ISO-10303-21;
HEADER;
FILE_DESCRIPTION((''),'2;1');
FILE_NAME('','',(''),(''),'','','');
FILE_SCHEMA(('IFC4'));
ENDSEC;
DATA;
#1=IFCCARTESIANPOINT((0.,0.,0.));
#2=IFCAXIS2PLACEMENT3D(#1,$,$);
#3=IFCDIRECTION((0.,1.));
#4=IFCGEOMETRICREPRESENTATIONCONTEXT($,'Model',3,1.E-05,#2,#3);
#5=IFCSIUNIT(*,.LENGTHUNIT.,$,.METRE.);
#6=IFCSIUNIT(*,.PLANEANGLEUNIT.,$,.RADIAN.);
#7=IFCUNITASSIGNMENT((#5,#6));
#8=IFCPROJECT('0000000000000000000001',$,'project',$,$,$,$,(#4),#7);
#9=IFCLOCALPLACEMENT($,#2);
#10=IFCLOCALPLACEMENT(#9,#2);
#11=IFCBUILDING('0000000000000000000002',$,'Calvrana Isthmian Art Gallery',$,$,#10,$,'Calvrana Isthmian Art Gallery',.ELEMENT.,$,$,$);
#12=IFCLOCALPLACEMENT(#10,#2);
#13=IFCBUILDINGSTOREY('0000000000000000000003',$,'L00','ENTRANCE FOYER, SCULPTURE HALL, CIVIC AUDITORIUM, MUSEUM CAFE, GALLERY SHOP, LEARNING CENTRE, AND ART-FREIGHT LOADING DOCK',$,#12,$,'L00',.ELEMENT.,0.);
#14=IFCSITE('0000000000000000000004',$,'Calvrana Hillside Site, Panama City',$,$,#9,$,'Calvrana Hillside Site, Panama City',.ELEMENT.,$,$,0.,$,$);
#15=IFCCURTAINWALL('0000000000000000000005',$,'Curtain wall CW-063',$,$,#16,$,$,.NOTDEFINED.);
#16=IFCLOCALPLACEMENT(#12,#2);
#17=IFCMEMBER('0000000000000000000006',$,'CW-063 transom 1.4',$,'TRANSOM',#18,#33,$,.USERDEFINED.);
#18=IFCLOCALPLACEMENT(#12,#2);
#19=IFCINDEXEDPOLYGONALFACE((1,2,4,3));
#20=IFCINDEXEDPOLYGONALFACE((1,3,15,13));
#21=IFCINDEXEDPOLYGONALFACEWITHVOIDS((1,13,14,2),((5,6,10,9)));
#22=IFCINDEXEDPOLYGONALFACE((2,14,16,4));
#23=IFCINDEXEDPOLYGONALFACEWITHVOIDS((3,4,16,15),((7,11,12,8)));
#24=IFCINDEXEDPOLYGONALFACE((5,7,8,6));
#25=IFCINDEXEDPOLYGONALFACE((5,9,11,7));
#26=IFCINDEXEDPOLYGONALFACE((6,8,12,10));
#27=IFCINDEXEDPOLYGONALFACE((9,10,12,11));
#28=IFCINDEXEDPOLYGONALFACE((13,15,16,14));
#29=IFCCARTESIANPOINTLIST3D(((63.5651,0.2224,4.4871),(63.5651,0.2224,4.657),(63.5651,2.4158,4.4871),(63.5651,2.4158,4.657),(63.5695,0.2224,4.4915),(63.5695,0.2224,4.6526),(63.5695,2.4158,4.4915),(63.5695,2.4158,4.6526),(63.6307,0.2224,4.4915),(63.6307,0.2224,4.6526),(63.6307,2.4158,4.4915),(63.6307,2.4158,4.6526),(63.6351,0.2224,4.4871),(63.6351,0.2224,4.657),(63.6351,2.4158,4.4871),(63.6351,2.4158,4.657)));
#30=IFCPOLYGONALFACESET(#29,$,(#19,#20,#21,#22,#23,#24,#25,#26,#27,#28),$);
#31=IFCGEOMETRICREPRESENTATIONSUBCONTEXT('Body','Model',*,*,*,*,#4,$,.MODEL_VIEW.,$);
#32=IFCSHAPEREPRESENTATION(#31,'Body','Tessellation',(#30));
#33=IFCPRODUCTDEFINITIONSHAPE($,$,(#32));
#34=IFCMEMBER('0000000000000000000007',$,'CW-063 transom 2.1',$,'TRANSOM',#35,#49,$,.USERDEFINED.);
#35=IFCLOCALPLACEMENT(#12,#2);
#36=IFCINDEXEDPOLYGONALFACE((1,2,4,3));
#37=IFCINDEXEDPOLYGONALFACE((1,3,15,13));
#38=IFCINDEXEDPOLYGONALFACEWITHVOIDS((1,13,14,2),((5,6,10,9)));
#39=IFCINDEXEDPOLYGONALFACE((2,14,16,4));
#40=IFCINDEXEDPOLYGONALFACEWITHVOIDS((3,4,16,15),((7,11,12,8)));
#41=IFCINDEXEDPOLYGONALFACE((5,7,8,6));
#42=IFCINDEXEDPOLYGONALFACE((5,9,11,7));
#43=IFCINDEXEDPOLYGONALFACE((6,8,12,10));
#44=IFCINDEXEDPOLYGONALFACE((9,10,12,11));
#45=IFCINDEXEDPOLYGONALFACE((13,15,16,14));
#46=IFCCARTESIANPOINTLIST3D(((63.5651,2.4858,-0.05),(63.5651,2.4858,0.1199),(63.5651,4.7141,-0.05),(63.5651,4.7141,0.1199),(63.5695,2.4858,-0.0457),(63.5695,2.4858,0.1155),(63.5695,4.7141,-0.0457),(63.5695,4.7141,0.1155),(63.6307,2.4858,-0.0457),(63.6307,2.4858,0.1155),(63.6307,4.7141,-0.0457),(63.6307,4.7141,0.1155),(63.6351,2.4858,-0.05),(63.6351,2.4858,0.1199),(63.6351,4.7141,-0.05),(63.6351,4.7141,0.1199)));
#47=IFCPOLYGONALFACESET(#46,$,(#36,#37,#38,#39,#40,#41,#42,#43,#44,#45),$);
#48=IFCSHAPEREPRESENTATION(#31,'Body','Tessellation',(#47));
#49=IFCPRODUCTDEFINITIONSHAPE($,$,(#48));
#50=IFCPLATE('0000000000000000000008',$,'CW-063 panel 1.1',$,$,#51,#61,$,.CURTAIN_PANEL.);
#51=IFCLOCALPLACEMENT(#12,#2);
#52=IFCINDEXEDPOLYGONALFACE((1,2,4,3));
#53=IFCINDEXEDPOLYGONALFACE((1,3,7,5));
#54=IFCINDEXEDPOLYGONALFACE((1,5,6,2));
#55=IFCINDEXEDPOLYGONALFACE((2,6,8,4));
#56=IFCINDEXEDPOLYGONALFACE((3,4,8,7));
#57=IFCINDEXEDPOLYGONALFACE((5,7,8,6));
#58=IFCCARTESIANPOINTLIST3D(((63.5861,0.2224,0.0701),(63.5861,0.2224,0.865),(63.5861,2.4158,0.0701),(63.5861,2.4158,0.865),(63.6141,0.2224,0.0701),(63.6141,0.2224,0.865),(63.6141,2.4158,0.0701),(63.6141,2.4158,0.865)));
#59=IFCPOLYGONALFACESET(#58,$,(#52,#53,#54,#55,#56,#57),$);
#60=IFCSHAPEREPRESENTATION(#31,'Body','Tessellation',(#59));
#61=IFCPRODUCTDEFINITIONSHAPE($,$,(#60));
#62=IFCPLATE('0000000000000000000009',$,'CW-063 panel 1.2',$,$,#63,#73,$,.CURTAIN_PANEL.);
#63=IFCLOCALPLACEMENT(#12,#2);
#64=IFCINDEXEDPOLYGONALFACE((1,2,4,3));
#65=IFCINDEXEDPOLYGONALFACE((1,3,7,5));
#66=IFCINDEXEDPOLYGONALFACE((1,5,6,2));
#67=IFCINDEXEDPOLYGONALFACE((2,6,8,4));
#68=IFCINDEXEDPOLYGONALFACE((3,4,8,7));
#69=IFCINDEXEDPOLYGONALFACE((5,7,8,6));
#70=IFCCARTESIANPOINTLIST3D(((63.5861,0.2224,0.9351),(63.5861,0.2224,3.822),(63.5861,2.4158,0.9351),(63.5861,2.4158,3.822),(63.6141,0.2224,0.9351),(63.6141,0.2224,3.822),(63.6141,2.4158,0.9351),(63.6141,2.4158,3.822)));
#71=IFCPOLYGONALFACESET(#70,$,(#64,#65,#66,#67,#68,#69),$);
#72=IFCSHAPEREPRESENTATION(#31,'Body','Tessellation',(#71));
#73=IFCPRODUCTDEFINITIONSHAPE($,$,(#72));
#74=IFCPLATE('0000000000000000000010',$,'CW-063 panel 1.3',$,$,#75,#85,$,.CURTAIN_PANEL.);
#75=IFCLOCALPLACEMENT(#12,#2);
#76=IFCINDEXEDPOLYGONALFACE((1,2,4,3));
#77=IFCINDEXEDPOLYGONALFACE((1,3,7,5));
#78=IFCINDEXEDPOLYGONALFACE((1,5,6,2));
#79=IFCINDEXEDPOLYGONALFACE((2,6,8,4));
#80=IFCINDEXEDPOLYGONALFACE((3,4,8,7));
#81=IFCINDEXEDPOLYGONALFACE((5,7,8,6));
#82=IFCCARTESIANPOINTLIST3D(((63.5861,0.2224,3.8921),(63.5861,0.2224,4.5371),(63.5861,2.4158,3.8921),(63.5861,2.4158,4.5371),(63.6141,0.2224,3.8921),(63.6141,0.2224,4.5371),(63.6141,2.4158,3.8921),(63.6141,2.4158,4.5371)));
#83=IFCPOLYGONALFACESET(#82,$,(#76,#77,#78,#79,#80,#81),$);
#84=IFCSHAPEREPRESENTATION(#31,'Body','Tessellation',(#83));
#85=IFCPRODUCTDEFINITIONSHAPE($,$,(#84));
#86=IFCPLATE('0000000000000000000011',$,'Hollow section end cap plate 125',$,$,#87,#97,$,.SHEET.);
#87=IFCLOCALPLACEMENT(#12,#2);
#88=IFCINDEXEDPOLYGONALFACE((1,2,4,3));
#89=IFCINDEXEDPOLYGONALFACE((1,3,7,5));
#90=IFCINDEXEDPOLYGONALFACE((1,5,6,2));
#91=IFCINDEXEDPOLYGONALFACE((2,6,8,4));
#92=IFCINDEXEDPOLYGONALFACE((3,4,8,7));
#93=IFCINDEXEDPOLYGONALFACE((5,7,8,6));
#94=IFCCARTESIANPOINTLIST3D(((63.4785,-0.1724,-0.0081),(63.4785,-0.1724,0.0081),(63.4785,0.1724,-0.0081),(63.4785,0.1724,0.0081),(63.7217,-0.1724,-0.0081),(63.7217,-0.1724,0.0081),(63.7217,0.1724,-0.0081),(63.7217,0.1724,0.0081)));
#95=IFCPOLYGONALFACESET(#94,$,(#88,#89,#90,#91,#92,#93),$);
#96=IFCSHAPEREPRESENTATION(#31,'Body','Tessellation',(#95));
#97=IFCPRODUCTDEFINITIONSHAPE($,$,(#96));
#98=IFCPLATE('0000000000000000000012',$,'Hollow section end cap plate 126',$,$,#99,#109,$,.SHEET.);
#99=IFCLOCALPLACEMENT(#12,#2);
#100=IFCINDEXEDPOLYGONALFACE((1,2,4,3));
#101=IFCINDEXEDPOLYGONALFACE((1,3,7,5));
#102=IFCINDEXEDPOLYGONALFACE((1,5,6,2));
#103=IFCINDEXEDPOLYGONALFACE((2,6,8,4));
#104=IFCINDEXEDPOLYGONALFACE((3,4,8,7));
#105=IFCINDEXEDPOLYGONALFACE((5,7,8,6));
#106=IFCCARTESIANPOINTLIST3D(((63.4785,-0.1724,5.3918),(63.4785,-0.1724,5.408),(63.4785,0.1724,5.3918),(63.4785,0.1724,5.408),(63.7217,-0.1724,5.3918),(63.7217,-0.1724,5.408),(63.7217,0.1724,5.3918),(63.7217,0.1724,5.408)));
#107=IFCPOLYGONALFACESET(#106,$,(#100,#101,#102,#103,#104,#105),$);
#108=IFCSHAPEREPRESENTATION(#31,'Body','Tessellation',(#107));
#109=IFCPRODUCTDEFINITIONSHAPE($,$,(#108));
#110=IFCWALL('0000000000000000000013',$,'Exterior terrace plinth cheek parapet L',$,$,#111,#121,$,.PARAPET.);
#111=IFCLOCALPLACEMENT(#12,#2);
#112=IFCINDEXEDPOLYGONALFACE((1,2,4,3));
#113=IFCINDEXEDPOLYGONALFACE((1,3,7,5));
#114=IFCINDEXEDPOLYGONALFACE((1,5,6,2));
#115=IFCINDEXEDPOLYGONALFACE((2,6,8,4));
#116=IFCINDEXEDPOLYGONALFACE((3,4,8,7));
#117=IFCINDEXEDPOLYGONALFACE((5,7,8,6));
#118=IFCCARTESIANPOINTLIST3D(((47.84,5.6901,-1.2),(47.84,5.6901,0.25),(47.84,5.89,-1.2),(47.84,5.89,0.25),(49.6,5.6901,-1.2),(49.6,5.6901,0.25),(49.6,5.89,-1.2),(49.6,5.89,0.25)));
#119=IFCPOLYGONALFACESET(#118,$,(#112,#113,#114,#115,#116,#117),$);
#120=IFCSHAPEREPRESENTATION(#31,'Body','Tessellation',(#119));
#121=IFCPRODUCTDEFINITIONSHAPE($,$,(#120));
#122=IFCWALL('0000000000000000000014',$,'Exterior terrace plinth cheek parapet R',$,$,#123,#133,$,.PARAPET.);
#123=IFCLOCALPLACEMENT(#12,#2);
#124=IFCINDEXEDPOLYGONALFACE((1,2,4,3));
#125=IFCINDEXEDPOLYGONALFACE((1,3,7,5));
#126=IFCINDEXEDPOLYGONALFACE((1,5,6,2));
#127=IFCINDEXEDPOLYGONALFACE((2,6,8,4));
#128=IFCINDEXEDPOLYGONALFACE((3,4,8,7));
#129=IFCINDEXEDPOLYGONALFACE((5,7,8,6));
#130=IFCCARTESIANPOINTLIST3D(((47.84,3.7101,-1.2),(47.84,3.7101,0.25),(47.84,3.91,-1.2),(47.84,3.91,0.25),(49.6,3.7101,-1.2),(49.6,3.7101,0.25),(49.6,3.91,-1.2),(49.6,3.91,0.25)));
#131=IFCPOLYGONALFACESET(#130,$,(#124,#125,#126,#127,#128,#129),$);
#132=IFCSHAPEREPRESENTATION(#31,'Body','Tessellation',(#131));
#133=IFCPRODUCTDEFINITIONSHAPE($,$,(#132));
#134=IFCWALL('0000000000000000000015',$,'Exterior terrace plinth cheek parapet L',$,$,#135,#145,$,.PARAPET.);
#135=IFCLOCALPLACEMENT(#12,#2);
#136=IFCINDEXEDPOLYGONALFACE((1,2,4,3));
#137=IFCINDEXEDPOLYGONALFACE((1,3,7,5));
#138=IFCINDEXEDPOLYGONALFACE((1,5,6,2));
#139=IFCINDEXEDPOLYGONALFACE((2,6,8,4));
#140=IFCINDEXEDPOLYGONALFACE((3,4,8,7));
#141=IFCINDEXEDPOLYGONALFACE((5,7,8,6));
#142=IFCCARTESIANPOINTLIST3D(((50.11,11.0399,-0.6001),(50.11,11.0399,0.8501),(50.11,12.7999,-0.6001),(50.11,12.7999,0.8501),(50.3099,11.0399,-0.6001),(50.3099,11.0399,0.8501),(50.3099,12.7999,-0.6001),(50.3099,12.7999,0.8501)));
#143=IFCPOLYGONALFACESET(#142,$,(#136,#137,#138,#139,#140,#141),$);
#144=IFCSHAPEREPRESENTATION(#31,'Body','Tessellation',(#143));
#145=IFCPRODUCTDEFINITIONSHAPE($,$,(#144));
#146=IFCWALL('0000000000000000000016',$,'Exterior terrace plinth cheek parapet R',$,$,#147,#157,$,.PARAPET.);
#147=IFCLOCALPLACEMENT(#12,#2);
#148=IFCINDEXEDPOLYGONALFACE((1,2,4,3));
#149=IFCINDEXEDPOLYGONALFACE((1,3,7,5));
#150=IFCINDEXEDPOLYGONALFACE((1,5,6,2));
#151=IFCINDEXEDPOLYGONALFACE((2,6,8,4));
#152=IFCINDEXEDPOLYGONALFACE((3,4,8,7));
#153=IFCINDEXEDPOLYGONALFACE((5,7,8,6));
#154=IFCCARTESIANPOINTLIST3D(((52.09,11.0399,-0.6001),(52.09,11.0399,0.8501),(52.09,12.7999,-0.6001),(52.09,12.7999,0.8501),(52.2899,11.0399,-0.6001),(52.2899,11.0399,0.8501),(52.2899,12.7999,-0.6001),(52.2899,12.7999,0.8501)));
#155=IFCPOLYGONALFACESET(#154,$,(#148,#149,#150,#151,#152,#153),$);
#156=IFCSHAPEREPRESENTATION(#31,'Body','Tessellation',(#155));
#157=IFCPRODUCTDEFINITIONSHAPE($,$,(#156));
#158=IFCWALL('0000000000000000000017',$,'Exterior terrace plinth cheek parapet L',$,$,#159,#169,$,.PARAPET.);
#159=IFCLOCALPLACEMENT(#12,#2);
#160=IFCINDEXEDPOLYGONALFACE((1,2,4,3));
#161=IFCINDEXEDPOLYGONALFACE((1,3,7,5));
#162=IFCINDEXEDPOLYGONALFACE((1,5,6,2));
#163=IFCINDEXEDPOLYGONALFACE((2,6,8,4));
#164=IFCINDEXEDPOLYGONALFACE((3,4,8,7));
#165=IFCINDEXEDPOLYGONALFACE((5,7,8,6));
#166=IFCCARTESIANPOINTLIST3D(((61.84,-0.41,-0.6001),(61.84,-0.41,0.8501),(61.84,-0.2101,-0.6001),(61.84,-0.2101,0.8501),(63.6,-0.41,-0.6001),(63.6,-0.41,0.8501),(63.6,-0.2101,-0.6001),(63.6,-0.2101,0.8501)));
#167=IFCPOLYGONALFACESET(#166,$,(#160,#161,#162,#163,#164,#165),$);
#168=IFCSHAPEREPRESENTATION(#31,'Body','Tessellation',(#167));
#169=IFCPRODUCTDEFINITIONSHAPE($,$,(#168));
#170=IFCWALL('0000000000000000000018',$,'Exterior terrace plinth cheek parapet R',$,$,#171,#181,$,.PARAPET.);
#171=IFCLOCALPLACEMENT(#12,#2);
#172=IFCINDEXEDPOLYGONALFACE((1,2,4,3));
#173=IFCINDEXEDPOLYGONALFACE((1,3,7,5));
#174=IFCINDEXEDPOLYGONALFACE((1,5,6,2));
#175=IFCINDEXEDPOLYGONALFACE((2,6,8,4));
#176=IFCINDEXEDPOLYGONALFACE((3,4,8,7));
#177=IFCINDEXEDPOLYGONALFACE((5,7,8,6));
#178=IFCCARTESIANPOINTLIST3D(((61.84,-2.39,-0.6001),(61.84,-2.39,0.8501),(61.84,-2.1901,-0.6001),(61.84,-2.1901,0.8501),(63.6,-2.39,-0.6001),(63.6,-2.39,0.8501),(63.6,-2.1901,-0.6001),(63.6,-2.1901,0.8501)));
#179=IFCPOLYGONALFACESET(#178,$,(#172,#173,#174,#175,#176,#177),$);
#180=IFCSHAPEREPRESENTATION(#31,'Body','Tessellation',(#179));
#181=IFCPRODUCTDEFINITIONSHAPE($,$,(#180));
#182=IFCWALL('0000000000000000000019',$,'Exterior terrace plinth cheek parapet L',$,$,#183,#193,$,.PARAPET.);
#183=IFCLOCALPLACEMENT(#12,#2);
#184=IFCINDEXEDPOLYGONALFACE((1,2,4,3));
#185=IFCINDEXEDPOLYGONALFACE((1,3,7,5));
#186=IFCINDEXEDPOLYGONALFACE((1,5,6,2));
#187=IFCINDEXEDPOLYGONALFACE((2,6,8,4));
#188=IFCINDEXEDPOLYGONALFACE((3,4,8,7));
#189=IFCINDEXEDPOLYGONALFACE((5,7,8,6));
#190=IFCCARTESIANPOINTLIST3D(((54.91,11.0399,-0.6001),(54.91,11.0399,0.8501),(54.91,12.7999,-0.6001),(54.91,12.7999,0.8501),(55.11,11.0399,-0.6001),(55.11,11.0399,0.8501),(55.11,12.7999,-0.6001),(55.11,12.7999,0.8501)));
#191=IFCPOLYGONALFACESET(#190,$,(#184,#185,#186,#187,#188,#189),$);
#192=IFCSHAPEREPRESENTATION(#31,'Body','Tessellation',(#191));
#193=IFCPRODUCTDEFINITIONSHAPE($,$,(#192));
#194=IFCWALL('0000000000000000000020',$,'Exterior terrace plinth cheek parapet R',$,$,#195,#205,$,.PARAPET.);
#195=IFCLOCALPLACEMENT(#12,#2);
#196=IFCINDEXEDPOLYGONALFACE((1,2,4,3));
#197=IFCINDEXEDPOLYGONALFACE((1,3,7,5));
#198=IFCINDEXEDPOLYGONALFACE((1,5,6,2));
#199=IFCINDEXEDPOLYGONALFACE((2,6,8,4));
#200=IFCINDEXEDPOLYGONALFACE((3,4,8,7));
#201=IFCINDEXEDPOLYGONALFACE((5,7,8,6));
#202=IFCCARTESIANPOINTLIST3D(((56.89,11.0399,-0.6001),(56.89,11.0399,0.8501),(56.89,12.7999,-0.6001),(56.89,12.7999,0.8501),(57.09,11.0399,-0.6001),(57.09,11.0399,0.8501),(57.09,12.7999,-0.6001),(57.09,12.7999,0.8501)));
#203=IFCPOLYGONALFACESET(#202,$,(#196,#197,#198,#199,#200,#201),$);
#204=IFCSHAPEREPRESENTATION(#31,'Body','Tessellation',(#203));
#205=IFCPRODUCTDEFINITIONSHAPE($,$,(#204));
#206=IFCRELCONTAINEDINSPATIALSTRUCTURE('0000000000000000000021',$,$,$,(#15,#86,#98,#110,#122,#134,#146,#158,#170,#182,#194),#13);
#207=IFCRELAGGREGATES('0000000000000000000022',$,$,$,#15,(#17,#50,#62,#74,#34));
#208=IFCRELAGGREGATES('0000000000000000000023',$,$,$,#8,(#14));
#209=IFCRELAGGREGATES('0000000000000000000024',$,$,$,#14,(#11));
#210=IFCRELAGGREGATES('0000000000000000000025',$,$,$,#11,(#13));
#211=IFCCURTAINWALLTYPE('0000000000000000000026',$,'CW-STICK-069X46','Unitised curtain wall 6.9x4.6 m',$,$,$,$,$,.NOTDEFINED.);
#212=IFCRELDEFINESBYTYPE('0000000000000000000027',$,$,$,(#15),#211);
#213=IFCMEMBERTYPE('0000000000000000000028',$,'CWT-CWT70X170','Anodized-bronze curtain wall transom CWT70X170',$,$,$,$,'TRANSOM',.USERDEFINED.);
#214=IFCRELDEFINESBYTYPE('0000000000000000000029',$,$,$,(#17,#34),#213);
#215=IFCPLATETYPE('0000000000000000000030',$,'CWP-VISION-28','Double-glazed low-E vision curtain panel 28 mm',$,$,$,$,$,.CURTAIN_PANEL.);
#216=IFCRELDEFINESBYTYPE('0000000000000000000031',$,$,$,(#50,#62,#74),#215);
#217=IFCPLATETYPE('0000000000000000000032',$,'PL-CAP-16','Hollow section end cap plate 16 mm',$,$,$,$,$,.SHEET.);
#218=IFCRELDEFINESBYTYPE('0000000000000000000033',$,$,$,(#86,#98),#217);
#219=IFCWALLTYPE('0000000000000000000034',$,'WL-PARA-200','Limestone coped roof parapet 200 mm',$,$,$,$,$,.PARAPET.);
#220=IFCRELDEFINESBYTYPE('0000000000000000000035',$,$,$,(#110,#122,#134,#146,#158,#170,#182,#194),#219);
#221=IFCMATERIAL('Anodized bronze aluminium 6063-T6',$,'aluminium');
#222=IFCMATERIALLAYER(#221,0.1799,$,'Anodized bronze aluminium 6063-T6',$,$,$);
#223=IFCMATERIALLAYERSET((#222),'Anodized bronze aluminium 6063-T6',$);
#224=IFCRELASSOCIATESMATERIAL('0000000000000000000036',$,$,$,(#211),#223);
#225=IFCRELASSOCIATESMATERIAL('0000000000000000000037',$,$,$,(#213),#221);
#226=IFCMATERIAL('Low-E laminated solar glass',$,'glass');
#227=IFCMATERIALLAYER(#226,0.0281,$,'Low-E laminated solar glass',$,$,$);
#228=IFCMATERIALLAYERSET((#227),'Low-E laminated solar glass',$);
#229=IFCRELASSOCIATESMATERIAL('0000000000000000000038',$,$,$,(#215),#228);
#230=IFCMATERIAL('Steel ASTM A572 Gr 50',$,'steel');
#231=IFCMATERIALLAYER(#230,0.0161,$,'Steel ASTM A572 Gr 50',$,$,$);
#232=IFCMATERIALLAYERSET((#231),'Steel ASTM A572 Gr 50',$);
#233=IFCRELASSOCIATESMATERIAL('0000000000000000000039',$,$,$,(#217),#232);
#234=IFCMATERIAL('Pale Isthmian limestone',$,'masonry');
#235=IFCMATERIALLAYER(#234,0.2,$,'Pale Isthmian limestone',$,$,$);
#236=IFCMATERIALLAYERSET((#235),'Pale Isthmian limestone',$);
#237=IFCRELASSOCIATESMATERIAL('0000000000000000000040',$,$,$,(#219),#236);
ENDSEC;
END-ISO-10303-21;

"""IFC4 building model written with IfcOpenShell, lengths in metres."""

from ifc_helpers import new_model, si_unit, direction, frame, frame_2d, origin, origin_2d, place, context, subcontext, project, spatial, rectangle, hollow_rectangle, extrude, material, layer, layer_set, material_profile, profile_set, type_object, element, aggregate, save


model = new_model("IFC4")

# Units and contexts
model_context = context("Model", 3, precision=1e-05, world=origin(), true_north=direction((0.0, 1.0)))
body_context = subcontext(model_context, "Body", "Model", "MODEL_VIEW")
ifc_project = project(units=[si_unit("LENGTHUNIT", "METRE"), si_unit("PLANEANGLEUNIT", "RADIAN")], contexts=[model_context])

# Site, building, storey
site_placement = place(None, origin())
site = spatial("IfcSite", under=ifc_project, at=site_placement, Name="Calvrana Hillside Site, Panama City", LongName="Calvrana Hillside Site, Panama City", CompositionType="ELEMENT", RefElevation=0.0)
building_placement = place(site_placement, origin())
building = spatial("IfcBuilding", under=site, at=building_placement, Name="Calvrana Isthmian Art Gallery", LongName="Calvrana Isthmian Art Gallery", CompositionType="ELEMENT")
storey_placement = place(building_placement, origin())
storey = spatial("IfcBuildingStorey", under=building, at=storey_placement, Name="L00", Description="ENTRANCE FOYER, SCULPTURE HALL, CIVIC AUDITORIUM, MUSEUM CAFE, GALLERY SHOP, LEARNING CENTRE, AND ART-FREIGHT LOADING DOCK", LongName="L00", CompositionType="ELEMENT", Elevation=0.0)

# Curtain wall, members, plates
ifc_material_1 = material(Name="Anodized bronze aluminium 6063-T6", Category="aluminium")
ifc_layer_1 = layer(ifc_material_1, 0.1799, Name="Anodized bronze aluminium 6063-T6")
ifc_layer_set_1 = layer_set([ifc_layer_1], Name="Anodized bronze aluminium 6063-T6")
curtain_wall_type = type_object("IfcCurtainWallType", Name="CW-STICK-069X46", Description="Unitised curtain wall 6.9x4.6 m", PredefinedType="NOTDEFINED", material=ifc_layer_set_1)
curtain_wall_placement = place(storey_placement, origin())
curtain_wall = element("IfcCurtainWall", 1, at=curtain_wall_placement, inside=storey, type_object=curtain_wall_type, Name="Curtain wall CW-063", PredefinedType="NOTDEFINED")
ifc_material_profile_1 = material_profile(ifc_material_1, hollow_rectangle(XDim=0.0701, YDim=0.1699, WallThickness=0.0044, at=origin_2d()), Name="CWT70X170")
ifc_profile_set_1 = profile_set([ifc_material_profile_1], Name="Anodized bronze aluminium 6063-T6")
member_type_1 = type_object("IfcMemberType", Name="CWT-CWT70X170", Description="Anodized-bronze curtain wall transom CWT70X170", ElementType="TRANSOM", PredefinedType="USERDEFINED", material=ifc_profile_set_1)
member_1_placement = place(storey_placement, frame((63.6001, 0.2224, 4.572), z_axis=(0.0, 1.0, 0.0), x_axis=(-1.0, 0.0, 0.0)))
member_1 = element("IfcMember", 2, at=member_1_placement, type_object=member_type_1, Name="CW-063 transom 1.4", ObjectType="TRANSOM", PredefinedType="USERDEFINED", context=body_context, shape_type="SweptSolid", body=[
    extrude(hollow_rectangle(XDim=0.0701, YDim=0.1699, WallThickness=0.0044, at=origin_2d()), origin(), (0.0, 0.0, 1.0), 2.1934),
])
member_2_placement = place(storey_placement, frame((63.6001, 2.4858, 0.0349), z_axis=(0.0, 1.0, 0.0), x_axis=(-1.0, 0.0, 0.0)))
member_2 = element("IfcMember", 3, at=member_2_placement, type_object=member_type_1, Name="CW-063 transom 2.1", ObjectType="TRANSOM", PredefinedType="USERDEFINED", context=body_context, shape_type="SweptSolid", body=[
    extrude(hollow_rectangle(XDim=0.0701, YDim=0.1699, WallThickness=0.0044, at=origin_2d()), origin(), (0.0, 0.0, 1.0), 2.2283),
])
ifc_material_2 = material(Name="Low-E laminated solar glass", Category="glass")
ifc_layer_2 = layer(ifc_material_2, 0.0281, Name="Low-E laminated solar glass")
ifc_layer_set_2 = layer_set([ifc_layer_2], Name="Low-E laminated solar glass")
plate_type_1 = type_object("IfcPlateType", Name="CWP-VISION-28", Description="Double-glazed low-E vision curtain panel 28 mm", PredefinedType="CURTAIN_PANEL", material=ifc_layer_set_2)
plate_1_placement = place(storey_placement, frame((63.6001, 1.3191, 0.0701), z_axis=(0.0, 0.0, 1.0), x_axis=(0.0, 1.0, 0.0)))
plate_1 = element("IfcPlate", 4, at=plate_1_placement, type_object=plate_type_1, Name="CW-063 panel 1.1", PredefinedType="CURTAIN_PANEL", context=body_context, shape_type="SweptSolid", body=[
    extrude(rectangle(XDim=2.1934, YDim=0.0281, at=origin_2d()), origin(), (0.0, 0.0, 1.0), 0.7949),
])
plate_2_placement = place(storey_placement, frame((63.6001, 1.3191, 0.9351), z_axis=(0.0, 0.0, 1.0), x_axis=(0.0, 1.0, 0.0)))
plate_2 = element("IfcPlate", 5, at=plate_2_placement, type_object=plate_type_1, Name="CW-063 panel 1.2", PredefinedType="CURTAIN_PANEL", context=body_context, shape_type="SweptSolid", body=[
    extrude(rectangle(XDim=2.1934, YDim=0.0281, at=origin_2d()), origin(), (0.0, 0.0, 1.0), 2.887),
])
plate_3_placement = place(storey_placement, frame((63.6001, 1.3191, 3.8921), z_axis=(0.0, 0.0, 1.0), x_axis=(0.0, 1.0, 0.0)))
plate_3 = element("IfcPlate", 6, at=plate_3_placement, type_object=plate_type_1, Name="CW-063 panel 1.3", PredefinedType="CURTAIN_PANEL", context=body_context, shape_type="SweptSolid", body=[
    extrude(rectangle(XDim=2.1934, YDim=0.0281, at=origin_2d()), origin(), (0.0, 0.0, 1.0), 0.645),
])
aggregate(curtain_wall, [member_1, plate_1, plate_2, plate_3, member_2])

# Plates
ifc_material_3 = material(Name="Steel ASTM A572 Gr 50", Category="steel")
ifc_layer_3 = layer(ifc_material_3, 0.0161, Name="Steel ASTM A572 Gr 50")
ifc_layer_set_3 = layer_set([ifc_layer_3], Name="Steel ASTM A572 Gr 50")
plate_type_2 = type_object("IfcPlateType", Name="PL-CAP-16", Description="Hollow section end cap plate 16 mm", PredefinedType="SHEET", material=ifc_layer_set_3)
for number, where, z_axis, x_axis, name in (
    (7, (63.6001, 0.0, -0.0081), (0.0, 0.0, 1.0), (1.0, 0.0, 0.0), "Hollow section end cap plate 125"),
    (8, (63.6001, 0.0, 5.3918), (0.0, 0.0, 1.0), (1.0, 0.0, 0.0), "Hollow section end cap plate 126"),
):
    element("IfcPlate", number, at=place(storey_placement, frame(where, z_axis=z_axis, x_axis=x_axis)), inside=storey, type_object=plate_type_2, Name=name, PredefinedType="SHEET", context=body_context, shape_type="SweptSolid", body=[
        extrude(rectangle(XDim=0.2432, YDim=0.3447, at=origin_2d()), origin(), (0.0, 0.0, 1.0), 0.0161),
    ])

# Walls
ifc_material_4 = material(Name="Pale Isthmian limestone", Category="masonry")
ifc_layer_4 = layer(ifc_material_4, 0.2, Name="Pale Isthmian limestone")
ifc_layer_set_4 = layer_set([ifc_layer_4], Name="Pale Isthmian limestone")
wall_type_1 = type_object("IfcWallType", Name="WL-PARA-200", Description="Limestone coped roof parapet 200 mm", PredefinedType="PARAPET", material=ifc_layer_set_4)
for number, where, z_axis, x_axis, name in (
    (9, (47.8401, 5.79, -1.2), (0.0, 0.0, 1.0), (1.0, 0.0, 0.0), "Exterior terrace plinth cheek parapet L"),
    (10, (47.8401, 3.8101, -1.2), (0.0, 0.0, 1.0), (1.0, 0.0, 0.0), "Exterior terrace plinth cheek parapet R"),
):
    element("IfcWall", number, at=place(storey_placement, frame(where, z_axis=z_axis, x_axis=x_axis)), inside=storey, type_object=wall_type_1, Name=name, PredefinedType="PARAPET", context=body_context, shape_type="SweptSolid", body=[
        extrude(rectangle(XDim=1.76, YDim=0.2, at=frame_2d((0.8799, 0.0))), origin(), (0.0, 0.0, 1.0), 1.45),
    ])
for number, where, z_axis, x_axis, name in (
    (11, (50.21, 11.04, -0.6001), (0.0, 0.0, 1.0), (0.0, 1.0, 0.0), "Exterior terrace plinth cheek parapet L"),
    (12, (52.1899, 11.04, -0.6001), (0.0, 0.0, 1.0), (0.0, 1.0, 0.0), "Exterior terrace plinth cheek parapet R"),
    (13, (61.8401, -0.3101, -0.6001), (0.0, 0.0, 1.0), (1.0, 0.0, 0.0), "Exterior terrace plinth cheek parapet L"),
    (14, (61.8401, -2.29, -0.6001), (0.0, 0.0, 1.0), (1.0, 0.0, 0.0), "Exterior terrace plinth cheek parapet R"),
    (15, (55.01, 11.04, -0.6001), (0.0, 0.0, 1.0), (0.0, 1.0, 0.0), "Exterior terrace plinth cheek parapet L"),
    (16, (56.99, 11.04, -0.6001), (0.0, 0.0, 1.0), (0.0, 1.0, 0.0), "Exterior terrace plinth cheek parapet R"),
):
    element("IfcWall", number, at=place(storey_placement, frame(where, z_axis=z_axis, x_axis=x_axis)), inside=storey, type_object=wall_type_1, Name=name, PredefinedType="PARAPET", context=body_context, shape_type="SweptSolid", body=[
        extrude(rectangle(XDim=1.76, YDim=0.2, at=frame_2d((0.8799, 0.0))), origin(), (0.0, 0.0, 1.0), 1.4502),
    ])

save(model, "model.ifc")
